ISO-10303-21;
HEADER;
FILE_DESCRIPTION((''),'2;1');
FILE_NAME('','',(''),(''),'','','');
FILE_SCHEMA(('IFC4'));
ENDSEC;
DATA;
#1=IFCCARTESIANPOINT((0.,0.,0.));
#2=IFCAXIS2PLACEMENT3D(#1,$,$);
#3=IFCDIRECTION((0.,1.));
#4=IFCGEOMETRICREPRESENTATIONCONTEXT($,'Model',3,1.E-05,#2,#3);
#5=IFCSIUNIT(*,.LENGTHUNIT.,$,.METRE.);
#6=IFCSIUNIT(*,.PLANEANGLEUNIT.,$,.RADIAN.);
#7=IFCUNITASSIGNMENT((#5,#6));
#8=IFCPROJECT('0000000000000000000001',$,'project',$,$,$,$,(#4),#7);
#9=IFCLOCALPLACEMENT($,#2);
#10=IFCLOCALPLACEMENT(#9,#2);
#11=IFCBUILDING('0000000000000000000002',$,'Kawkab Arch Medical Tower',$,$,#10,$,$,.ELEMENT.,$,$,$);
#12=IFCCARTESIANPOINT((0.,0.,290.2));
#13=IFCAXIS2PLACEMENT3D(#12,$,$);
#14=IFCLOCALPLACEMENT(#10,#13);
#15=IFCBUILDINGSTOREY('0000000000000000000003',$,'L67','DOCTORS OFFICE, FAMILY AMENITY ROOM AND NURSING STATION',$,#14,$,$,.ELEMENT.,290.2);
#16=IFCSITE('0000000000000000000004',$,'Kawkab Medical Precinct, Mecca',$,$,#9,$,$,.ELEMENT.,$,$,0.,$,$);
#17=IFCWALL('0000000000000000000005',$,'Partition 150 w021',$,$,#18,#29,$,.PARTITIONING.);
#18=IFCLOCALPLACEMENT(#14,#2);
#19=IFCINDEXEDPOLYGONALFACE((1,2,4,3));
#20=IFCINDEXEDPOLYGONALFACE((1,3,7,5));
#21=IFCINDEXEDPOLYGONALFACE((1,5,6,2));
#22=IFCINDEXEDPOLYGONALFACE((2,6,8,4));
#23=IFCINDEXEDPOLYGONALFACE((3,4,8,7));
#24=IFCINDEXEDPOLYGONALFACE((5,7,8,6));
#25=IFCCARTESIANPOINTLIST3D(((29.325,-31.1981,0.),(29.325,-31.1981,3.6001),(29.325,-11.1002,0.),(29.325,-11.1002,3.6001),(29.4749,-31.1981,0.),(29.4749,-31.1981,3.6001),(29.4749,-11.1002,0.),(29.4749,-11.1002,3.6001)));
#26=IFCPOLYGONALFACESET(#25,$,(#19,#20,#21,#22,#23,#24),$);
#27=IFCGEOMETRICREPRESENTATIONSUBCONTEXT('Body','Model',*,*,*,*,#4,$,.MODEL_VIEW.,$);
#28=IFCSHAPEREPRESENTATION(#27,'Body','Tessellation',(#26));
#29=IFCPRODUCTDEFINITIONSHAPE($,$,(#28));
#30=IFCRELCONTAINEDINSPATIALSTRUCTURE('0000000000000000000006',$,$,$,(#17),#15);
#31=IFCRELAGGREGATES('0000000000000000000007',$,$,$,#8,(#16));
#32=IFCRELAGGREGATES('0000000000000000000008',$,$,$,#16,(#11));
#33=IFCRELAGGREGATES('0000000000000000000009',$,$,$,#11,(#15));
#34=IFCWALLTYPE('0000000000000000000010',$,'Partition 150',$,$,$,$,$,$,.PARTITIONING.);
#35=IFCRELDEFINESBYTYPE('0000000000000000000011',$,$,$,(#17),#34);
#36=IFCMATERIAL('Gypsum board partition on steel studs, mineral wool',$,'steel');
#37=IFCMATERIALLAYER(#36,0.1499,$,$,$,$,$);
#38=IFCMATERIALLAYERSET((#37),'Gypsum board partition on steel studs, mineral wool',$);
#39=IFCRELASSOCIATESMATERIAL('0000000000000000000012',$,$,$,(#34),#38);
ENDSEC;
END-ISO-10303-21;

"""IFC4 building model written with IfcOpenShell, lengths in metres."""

from ifc_helpers import new_model, si_unit, direction, frame, frame_2d, origin, place, context, subcontext, project, spatial, rectangle, extrude, material, layer, layer_set, type_object, element, save


model = new_model("IFC4")

# Units and contexts
model_context = context("Model", 3, precision=1e-05, world=origin(), true_north=direction((0.0, 1.0)))
body_context = subcontext(model_context, "Body", "Model", "MODEL_VIEW")
ifc_project = project(units=[si_unit("LENGTHUNIT", "METRE"), si_unit("PLANEANGLEUNIT", "RADIAN")], contexts=[model_context])

# Site, building, storey
site_placement = place(None, origin())
site = spatial("IfcSite", under=ifc_project, at=site_placement, Name="Kawkab Medical Precinct, Mecca", CompositionType="ELEMENT", RefElevation=0.0)
building_placement = place(site_placement, origin())
building = spatial("IfcBuilding", under=site, at=building_placement, Name="Kawkab Arch Medical Tower", CompositionType="ELEMENT")
storey_placement = place(building_placement, frame((0.0, 0.0, 290.2)))
storey = spatial("IfcBuildingStorey", under=building, at=storey_placement, Name="L67", Description="DOCTORS OFFICE, FAMILY AMENITY ROOM AND NURSING STATION", CompositionType="ELEMENT", Elevation=290.2)

# Wall
ifc_material_1 = material(Name="Gypsum board partition on steel studs, mineral wool", Category="steel")
ifc_layer_1 = layer(ifc_material_1, 0.1499)
ifc_layer_set_1 = layer_set([ifc_layer_1], Name="Gypsum board partition on steel studs, mineral wool")
wall_type_1 = type_object("IfcWallType", Name="Partition 150", PredefinedType="PARTITIONING", material=ifc_layer_set_1)
wall_1_placement = place(storey_placement, frame((29.3999, -31.198, 0.0), z_axis=(0.0, 0.0, 1.0), x_axis=(0.0, 1.0, 0.0)))
element("IfcWall", 1, at=wall_1_placement, inside=storey, type_object=wall_type_1, Name="Partition 150 w021", PredefinedType="PARTITIONING", context=body_context, shape_type="SweptSolid", body=[
    extrude(rectangle(XDim=20.0979, YDim=0.1499, at=frame_2d((10.0488, 0.0))), origin(), (0.0, 0.0, 1.0), 3.6001),
])

save(model, "model.ifc")
